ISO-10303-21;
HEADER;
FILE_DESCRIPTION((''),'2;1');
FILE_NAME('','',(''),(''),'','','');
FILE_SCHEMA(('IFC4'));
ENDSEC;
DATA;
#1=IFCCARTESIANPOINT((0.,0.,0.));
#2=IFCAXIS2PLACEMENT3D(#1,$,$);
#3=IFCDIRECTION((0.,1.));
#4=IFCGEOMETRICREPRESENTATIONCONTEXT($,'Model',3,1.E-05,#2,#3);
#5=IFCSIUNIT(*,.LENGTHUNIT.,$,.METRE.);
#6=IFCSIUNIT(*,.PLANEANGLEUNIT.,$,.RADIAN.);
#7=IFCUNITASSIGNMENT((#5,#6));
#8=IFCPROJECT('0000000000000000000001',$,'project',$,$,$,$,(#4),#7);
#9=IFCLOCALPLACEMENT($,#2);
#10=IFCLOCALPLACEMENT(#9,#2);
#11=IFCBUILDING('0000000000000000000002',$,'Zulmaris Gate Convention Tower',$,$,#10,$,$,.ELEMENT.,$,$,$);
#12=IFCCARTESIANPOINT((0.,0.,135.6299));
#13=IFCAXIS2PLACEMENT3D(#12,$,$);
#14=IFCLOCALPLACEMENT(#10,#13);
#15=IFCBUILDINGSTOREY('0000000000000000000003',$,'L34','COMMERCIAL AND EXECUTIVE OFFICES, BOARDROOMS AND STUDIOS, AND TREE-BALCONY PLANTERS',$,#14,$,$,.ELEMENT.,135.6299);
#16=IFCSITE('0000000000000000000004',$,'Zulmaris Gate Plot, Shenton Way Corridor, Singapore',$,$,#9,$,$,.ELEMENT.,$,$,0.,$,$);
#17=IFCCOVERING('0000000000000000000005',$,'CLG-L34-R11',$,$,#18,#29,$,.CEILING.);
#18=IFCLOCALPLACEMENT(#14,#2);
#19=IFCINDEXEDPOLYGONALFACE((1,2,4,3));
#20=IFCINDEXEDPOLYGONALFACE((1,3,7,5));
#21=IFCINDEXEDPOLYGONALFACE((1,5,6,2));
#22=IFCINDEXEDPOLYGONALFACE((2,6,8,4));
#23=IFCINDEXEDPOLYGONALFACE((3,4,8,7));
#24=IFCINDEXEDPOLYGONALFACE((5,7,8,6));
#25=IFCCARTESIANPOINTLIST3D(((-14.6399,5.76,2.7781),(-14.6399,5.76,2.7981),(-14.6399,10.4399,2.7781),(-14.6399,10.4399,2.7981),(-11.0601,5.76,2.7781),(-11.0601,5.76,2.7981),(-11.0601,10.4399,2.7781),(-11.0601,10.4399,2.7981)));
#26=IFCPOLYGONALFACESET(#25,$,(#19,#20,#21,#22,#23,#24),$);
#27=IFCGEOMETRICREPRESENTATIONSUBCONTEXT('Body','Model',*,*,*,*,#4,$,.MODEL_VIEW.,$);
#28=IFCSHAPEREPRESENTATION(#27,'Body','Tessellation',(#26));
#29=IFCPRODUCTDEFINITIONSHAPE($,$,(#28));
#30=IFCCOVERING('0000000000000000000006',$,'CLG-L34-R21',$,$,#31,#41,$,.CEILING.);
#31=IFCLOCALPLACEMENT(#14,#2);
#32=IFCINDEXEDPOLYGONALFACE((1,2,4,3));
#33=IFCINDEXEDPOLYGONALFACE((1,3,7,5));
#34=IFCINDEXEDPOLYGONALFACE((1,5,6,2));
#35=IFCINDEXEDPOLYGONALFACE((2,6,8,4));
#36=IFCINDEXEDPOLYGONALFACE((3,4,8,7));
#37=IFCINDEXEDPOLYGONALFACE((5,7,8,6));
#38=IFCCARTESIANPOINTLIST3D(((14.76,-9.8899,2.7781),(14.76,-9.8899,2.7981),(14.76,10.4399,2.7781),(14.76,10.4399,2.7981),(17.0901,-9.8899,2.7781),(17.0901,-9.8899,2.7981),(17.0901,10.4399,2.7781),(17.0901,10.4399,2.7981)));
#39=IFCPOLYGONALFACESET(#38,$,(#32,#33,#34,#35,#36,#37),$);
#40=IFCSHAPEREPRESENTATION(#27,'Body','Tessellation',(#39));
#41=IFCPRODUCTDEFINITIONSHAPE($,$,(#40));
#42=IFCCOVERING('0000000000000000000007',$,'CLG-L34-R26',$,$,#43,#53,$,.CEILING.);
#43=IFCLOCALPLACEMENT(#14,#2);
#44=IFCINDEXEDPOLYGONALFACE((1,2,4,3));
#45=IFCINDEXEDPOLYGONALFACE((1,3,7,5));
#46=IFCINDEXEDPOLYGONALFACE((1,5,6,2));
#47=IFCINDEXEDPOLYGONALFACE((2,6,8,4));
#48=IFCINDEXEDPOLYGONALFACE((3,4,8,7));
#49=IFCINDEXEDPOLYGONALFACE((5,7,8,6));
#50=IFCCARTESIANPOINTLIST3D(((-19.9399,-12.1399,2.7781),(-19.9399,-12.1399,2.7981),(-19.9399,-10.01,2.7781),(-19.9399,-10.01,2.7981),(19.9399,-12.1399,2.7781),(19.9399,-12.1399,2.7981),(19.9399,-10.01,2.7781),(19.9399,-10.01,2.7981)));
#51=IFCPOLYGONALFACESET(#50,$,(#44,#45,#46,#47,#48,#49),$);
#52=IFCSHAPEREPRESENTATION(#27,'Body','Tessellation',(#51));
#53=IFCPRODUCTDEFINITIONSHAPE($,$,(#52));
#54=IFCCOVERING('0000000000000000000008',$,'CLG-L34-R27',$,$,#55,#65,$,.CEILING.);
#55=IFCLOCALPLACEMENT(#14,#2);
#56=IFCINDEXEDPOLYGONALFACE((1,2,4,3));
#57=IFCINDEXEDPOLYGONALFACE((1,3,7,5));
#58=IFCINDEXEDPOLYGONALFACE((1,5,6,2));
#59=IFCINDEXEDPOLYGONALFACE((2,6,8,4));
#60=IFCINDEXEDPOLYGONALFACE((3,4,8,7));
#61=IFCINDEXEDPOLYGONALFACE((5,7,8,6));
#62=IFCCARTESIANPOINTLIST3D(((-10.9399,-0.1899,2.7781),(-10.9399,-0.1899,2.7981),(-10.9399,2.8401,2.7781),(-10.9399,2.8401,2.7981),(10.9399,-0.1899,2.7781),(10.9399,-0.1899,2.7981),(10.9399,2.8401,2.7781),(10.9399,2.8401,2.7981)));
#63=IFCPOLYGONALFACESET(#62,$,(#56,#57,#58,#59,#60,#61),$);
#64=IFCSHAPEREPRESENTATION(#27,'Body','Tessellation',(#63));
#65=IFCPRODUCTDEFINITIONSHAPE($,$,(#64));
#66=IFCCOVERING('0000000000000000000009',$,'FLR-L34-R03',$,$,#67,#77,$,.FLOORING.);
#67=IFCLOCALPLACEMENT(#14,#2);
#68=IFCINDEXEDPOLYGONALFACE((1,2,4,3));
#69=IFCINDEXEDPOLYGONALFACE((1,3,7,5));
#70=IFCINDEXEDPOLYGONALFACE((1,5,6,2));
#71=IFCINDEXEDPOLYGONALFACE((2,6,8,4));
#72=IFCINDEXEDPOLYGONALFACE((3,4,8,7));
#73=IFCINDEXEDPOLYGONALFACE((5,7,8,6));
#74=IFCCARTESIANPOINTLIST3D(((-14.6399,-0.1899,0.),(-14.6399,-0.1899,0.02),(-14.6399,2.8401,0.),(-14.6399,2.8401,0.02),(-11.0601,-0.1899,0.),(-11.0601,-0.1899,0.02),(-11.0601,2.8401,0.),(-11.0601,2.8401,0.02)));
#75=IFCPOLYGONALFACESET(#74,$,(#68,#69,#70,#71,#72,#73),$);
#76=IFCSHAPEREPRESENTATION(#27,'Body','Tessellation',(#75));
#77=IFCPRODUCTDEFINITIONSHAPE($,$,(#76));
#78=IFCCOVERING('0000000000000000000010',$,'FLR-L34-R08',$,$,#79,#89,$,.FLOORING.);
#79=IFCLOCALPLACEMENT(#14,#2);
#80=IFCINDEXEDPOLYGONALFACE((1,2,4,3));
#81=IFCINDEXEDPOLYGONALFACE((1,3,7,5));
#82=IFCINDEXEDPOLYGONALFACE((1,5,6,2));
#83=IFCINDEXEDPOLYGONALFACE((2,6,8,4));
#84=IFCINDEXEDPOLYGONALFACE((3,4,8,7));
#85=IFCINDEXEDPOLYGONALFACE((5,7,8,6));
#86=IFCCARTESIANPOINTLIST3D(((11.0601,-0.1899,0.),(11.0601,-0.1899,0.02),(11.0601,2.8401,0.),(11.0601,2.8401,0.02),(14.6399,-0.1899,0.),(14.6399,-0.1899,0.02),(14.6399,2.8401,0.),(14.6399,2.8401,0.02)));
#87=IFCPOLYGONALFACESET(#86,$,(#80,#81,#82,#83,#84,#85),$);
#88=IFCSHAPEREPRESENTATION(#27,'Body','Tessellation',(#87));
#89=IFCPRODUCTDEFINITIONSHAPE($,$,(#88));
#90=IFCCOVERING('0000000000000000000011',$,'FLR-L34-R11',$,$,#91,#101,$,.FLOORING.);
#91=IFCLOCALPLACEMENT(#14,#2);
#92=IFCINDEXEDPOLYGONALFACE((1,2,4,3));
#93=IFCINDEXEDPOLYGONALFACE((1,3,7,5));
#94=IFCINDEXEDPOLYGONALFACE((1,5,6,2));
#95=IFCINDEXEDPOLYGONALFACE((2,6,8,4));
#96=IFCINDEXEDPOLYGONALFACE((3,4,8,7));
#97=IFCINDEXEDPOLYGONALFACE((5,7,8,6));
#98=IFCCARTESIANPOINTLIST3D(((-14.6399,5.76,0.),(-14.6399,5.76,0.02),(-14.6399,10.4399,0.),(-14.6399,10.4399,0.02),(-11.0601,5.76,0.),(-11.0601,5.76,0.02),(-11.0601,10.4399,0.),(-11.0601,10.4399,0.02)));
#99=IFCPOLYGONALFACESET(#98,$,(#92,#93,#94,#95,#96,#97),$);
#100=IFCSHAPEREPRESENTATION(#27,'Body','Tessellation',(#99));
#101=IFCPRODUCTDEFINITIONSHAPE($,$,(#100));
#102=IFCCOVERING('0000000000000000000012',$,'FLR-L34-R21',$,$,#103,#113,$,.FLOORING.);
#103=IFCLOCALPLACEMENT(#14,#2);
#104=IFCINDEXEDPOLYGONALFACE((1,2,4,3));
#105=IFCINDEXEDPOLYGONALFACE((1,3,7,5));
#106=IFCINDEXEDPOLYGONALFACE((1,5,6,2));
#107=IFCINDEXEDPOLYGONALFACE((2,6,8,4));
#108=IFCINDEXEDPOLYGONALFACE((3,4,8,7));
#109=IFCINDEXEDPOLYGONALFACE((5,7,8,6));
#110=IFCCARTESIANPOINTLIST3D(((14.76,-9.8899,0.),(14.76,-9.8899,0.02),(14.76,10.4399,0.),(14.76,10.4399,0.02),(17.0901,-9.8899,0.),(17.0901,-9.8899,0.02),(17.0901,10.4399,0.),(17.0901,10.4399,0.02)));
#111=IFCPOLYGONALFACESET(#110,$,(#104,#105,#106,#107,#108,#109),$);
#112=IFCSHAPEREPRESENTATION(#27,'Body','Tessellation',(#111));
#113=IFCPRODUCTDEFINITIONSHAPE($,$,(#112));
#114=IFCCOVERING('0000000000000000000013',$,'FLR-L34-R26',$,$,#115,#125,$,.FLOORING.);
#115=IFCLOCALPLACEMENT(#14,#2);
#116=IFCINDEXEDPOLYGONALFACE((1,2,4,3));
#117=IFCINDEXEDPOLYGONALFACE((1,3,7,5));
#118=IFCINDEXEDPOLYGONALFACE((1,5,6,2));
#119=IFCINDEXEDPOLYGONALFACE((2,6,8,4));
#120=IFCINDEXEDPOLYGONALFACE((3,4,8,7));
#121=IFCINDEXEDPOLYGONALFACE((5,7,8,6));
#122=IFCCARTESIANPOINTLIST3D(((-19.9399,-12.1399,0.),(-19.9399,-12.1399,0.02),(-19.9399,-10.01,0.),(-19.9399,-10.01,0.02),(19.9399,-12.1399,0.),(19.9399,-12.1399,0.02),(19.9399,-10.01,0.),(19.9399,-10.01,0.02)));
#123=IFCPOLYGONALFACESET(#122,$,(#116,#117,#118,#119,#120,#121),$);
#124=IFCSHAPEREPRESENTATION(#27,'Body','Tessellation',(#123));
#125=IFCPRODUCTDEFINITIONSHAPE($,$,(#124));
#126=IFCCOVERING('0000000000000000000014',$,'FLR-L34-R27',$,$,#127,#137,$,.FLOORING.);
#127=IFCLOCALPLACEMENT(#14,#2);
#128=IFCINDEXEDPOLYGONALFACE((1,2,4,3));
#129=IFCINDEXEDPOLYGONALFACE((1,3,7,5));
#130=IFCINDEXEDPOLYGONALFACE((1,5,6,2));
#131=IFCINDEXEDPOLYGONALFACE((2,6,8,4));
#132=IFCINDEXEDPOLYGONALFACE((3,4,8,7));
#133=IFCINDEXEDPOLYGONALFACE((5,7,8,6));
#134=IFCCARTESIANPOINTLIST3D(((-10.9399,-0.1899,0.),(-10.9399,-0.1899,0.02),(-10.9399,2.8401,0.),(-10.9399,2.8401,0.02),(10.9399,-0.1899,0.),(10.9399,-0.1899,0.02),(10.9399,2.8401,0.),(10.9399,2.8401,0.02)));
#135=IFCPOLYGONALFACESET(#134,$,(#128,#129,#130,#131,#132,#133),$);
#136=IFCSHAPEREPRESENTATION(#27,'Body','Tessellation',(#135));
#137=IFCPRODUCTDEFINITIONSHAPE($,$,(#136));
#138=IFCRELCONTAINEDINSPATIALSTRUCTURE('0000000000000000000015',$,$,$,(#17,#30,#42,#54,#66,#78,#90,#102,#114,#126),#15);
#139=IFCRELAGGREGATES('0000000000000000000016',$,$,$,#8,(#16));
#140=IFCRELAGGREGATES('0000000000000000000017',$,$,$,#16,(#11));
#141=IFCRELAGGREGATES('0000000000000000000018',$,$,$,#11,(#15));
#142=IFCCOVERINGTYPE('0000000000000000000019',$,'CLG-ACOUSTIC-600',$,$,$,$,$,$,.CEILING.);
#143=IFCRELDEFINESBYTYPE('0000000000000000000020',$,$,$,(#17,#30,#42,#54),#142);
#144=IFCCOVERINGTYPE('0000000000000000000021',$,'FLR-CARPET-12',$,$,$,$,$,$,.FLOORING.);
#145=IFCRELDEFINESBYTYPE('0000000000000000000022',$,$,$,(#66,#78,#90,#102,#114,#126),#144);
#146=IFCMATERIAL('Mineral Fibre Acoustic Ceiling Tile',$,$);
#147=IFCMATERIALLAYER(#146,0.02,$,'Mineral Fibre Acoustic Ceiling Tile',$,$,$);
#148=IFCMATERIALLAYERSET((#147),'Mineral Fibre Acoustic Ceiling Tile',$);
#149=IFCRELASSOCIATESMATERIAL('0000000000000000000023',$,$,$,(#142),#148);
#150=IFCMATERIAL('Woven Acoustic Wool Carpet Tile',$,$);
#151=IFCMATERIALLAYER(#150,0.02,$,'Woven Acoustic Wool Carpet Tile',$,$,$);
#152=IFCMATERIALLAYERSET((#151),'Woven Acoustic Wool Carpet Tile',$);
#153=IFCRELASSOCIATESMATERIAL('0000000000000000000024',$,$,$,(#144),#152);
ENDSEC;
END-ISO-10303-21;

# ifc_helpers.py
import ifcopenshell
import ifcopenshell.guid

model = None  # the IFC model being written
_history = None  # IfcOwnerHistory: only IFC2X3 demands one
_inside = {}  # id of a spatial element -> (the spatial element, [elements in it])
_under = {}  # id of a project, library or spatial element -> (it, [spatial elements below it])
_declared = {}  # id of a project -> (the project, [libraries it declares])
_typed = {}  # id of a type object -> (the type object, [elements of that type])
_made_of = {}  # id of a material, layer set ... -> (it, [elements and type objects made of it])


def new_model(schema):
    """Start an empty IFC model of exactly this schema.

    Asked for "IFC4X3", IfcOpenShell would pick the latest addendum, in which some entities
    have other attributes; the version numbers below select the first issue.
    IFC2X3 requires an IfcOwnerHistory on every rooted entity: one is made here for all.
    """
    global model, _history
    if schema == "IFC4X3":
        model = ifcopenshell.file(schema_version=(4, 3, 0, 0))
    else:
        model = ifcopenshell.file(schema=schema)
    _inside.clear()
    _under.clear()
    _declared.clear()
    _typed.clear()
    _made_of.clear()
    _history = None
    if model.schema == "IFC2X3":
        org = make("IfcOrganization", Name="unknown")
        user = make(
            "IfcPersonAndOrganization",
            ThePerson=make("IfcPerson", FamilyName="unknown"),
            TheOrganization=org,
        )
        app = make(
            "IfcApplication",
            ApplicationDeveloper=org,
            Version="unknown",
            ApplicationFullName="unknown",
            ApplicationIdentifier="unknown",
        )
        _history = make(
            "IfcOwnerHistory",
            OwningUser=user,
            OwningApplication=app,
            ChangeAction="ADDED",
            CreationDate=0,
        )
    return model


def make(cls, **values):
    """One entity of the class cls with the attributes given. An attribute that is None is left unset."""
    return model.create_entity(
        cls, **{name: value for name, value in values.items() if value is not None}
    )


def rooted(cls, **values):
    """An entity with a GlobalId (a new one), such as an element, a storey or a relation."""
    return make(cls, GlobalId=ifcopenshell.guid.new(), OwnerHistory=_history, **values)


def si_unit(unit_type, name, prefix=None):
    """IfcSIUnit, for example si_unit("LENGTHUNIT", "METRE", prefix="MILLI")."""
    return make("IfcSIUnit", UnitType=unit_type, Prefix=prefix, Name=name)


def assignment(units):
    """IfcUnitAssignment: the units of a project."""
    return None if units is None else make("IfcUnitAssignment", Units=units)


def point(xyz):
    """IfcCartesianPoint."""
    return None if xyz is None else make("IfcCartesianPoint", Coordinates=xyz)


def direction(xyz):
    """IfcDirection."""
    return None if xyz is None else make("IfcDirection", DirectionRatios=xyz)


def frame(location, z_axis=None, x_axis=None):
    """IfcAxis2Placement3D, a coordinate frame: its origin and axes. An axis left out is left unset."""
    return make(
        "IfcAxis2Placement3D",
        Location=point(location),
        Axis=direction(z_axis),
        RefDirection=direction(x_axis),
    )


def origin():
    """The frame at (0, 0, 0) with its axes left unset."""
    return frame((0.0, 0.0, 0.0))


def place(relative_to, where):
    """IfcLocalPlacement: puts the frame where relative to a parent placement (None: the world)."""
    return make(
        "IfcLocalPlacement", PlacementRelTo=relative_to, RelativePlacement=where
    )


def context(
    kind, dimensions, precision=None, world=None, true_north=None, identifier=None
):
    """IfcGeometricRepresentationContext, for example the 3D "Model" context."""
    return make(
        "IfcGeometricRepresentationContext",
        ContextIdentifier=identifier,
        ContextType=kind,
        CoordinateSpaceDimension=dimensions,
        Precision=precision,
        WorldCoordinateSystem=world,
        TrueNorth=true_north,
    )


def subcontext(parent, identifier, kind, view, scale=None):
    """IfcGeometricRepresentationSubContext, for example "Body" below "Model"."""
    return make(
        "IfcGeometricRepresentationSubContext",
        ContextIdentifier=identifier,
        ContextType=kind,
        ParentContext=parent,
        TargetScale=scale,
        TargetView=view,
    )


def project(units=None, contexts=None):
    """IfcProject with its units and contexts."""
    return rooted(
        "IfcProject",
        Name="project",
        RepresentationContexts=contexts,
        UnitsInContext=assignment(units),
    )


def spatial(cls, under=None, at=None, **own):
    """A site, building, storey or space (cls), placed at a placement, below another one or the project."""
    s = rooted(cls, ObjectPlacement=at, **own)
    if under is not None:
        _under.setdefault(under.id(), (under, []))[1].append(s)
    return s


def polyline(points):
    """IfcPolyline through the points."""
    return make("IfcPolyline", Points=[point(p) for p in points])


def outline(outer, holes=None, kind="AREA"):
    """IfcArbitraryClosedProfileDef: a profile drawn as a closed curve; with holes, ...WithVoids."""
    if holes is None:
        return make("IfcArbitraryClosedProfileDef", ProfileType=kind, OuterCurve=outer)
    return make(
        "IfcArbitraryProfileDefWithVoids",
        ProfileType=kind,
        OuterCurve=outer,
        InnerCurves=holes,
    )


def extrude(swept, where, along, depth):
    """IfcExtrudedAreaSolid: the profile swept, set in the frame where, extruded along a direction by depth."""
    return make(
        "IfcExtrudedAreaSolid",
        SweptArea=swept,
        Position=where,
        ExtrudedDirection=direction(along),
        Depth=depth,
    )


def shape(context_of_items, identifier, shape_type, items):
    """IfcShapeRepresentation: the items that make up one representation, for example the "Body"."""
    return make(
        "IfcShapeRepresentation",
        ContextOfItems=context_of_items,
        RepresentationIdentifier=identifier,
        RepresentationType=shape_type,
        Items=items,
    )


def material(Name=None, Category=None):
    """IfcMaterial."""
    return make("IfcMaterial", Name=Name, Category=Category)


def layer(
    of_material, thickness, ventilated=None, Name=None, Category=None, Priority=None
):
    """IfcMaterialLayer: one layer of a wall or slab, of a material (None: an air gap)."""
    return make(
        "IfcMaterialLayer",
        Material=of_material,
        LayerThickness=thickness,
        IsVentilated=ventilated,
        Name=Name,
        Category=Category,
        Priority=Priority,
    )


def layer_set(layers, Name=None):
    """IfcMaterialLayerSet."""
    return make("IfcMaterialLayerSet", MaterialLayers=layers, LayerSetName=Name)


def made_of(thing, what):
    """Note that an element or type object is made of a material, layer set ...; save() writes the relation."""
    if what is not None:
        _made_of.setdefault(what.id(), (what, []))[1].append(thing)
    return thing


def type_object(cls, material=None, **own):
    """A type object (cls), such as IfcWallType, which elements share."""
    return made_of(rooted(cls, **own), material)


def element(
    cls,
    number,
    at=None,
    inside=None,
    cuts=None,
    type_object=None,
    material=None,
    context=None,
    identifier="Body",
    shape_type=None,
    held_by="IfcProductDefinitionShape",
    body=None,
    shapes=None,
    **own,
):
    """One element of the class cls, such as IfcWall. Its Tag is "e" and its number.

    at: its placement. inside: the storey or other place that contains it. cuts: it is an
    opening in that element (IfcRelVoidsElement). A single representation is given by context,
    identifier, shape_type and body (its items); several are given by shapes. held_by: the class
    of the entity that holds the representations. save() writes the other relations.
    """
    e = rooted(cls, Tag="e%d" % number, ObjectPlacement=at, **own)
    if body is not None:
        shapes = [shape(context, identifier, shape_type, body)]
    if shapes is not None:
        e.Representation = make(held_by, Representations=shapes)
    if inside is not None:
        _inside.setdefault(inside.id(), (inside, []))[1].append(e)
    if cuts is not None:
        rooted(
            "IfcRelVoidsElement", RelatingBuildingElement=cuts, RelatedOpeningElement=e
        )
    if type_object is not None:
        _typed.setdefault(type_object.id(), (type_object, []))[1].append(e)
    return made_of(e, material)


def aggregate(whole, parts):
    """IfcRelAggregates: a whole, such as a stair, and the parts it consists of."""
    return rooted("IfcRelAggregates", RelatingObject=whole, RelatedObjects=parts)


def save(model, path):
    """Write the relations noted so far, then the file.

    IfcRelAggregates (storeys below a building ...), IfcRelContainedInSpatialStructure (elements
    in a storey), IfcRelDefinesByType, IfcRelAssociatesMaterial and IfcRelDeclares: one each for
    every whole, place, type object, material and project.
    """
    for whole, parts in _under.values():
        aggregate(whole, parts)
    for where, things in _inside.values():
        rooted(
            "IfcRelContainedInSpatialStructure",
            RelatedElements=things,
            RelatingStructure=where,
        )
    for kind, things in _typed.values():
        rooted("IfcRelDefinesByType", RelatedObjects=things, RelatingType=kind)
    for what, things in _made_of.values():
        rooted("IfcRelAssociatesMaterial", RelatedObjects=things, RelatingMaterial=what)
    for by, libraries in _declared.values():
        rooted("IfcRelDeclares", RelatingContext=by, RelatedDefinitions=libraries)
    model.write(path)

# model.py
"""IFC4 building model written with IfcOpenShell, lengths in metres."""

from ifc_helpers import new_model, si_unit, direction, frame, origin, place, context, subcontext, project, spatial, polyline, outline, extrude, material, layer, layer_set, type_object, element, save


model = new_model("IFC4")

# Units and contexts
model_context = context("Model", 3, precision=1e-05, world=origin(), true_north=direction((0.0, 1.0)))
body_context = subcontext(model_context, "Body", "Model", "MODEL_VIEW")
ifc_project = project(units=[si_unit("LENGTHUNIT", "METRE"), si_unit("PLANEANGLEUNIT", "RADIAN")], contexts=[model_context])

# Site, building, storey
site_placement = place(None, origin())
site = spatial("IfcSite", under=ifc_project, at=site_placement, Name="Zulmaris Gate Plot, Shenton Way Corridor, Singapore", CompositionType="ELEMENT", RefElevation=0.0)
building_placement = place(site_placement, origin())
building = spatial("IfcBuilding", under=site, at=building_placement, Name="Zulmaris Gate Convention Tower", CompositionType="ELEMENT")
storey_placement = place(building_placement, frame((0.0, 0.0, 135.6299)))
storey = spatial("IfcBuildingStorey", under=building, at=storey_placement, Name="L34", Description="COMMERCIAL AND EXECUTIVE OFFICES, BOARDROOMS AND STUDIOS, AND TREE-BALCONY PLANTERS", CompositionType="ELEMENT", Elevation=135.6299)

# Coverings
ifc_material_1 = material(Name="Mineral Fibre Acoustic Ceiling Tile")
ifc_layer_1 = layer(ifc_material_1, 0.02, Name="Mineral Fibre Acoustic Ceiling Tile")
ifc_layer_set_1 = layer_set([ifc_layer_1], Name="Mineral Fibre Acoustic Ceiling Tile")
covering_type_1 = type_object("IfcCoveringType", Name="CLG-ACOUSTIC-600", PredefinedType="CEILING", material=ifc_layer_set_1)
covering_1_placement = place(storey_placement, frame((0.0, 0.0, 2.7781)))
element("IfcCovering", 1, at=covering_1_placement, inside=storey, type_object=covering_type_1, Name="CLG-L34-R11", PredefinedType="CEILING", context=body_context, shape_type="SweptSolid", body=[
    extrude(outline(polyline([(-14.6399, 5.76), (-11.0601, 5.76), (-11.0601, 10.4399), (-14.6399, 10.4399), (-14.6399, 5.76)])), origin(), (0.0, 0.0, 1.0), 0.02),
])
covering_2_placement = place(storey_placement, frame((0.0, 0.0, 2.7781)))
element("IfcCovering", 2, at=covering_2_placement, inside=storey, type_object=covering_type_1, Name="CLG-L34-R21", PredefinedType="CEILING", context=body_context, shape_type="SweptSolid", body=[
    extrude(outline(polyline([(14.76, -9.8899), (17.0901, -9.8899), (17.0901, 10.4399), (14.76, 10.4399), (14.76, -9.8899)])), origin(), (0.0, 0.0, 1.0), 0.02),
])
covering_3_placement = place(storey_placement, frame((0.0, 0.0, 2.7781)))
element("IfcCovering", 3, at=covering_3_placement, inside=storey, type_object=covering_type_1, Name="CLG-L34-R26", PredefinedType="CEILING", context=body_context, shape_type="SweptSolid", body=[
    extrude(outline(polyline([(-19.9399, -12.1399), (19.9399, -12.1399), (19.9399, -10.01), (-19.9399, -10.01), (-19.9399, -12.1399)])), origin(), (0.0, 0.0, 1.0), 0.02),
])
covering_4_placement = place(storey_placement, frame((0.0, 0.0, 2.7781)))
element("IfcCovering", 4, at=covering_4_placement, inside=storey, type_object=covering_type_1, Name="CLG-L34-R27", PredefinedType="CEILING", context=body_context, shape_type="SweptSolid", body=[
    extrude(outline(polyline([(-10.9399, -0.1899), (10.9399, -0.1899), (10.9399, 2.8401), (-10.9399, 2.8401), (-10.9399, -0.1899)])), origin(), (0.0, 0.0, 1.0), 0.02),
])
ifc_material_2 = material(Name="Woven Acoustic Wool Carpet Tile")
ifc_layer_2 = layer(ifc_material_2, 0.02, Name="Woven Acoustic Wool Carpet Tile")
ifc_layer_set_2 = layer_set([ifc_layer_2], Name="Woven Acoustic Wool Carpet Tile")
covering_type_2 = type_object("IfcCoveringType", Name="FLR-CARPET-12", PredefinedType="FLOORING", material=ifc_layer_set_2)
covering_5_placement = place(storey_placement, origin())
element("IfcCovering", 5, at=covering_5_placement, inside=storey, type_object=covering_type_2, Name="FLR-L34-R03", PredefinedType="FLOORING", context=body_context, shape_type="SweptSolid", body=[
    extrude(outline(polyline([(-14.6399, -0.1899), (-11.0601, -0.1899), (-11.0601, 2.8401), (-14.6399, 2.8401), (-14.6399, -0.1899)])), origin(), (0.0, 0.0, 1.0), 0.02),
])
covering_6_placement = place(storey_placement, origin())
element("IfcCovering", 6, at=covering_6_placement, inside=storey, type_object=covering_type_2, Name="FLR-L34-R08", PredefinedType="FLOORING", context=body_context, shape_type="SweptSolid", body=[
    extrude(outline(polyline([(11.0601, -0.1899), (14.6399, -0.1899), (14.6399, 2.8401), (11.0601, 2.8401), (11.0601, -0.1899)])), origin(), (0.0, 0.0, 1.0), 0.02),
])
covering_7_placement = place(storey_placement, origin())
element("IfcCovering", 7, at=covering_7_placement, inside=storey, type_object=covering_type_2, Name="FLR-L34-R11", PredefinedType="FLOORING", context=body_context, shape_type="SweptSolid", body=[
    extrude(outline(polyline([(-14.6399, 5.76), (-11.0601, 5.76), (-11.0601, 10.4399), (-14.6399, 10.4399), (-14.6399, 5.76)])), origin(), (0.0, 0.0, 1.0), 0.02),
])
covering_8_placement = place(storey_placement, origin())
element("IfcCovering", 8, at=covering_8_placement, inside=storey, type_object=covering_type_2, Name="FLR-L34-R21", PredefinedType="FLOORING", context=body_context, shape_type="SweptSolid", body=[
    extrude(outline(polyline([(14.76, -9.8899), (17.0901, -9.8899), (17.0901, 10.4399), (14.76, 10.4399), (14.76, -9.8899)])), origin(), (0.0, 0.0, 1.0), 0.02),
])
covering_9_placement = place(storey_placement, origin())
element("IfcCovering", 9, at=covering_9_placement, inside=storey, type_object=covering_type_2, Name="FLR-L34-R26", PredefinedType="FLOORING", context=body_context, shape_type="SweptSolid", body=[
    extrude(outline(polyline([(-19.9399, -12.1399), (19.9399, -12.1399), (19.9399, -10.01), (-19.9399, -10.01), (-19.9399, -12.1399)])), origin(), (0.0, 0.0, 1.0), 0.02),
])
covering_10_placement = place(storey_placement, origin())
element("IfcCovering", 10, at=covering_10_placement, inside=storey, type_object=covering_type_2, Name="FLR-L34-R27", PredefinedType="FLOORING", context=body_context, shape_type="SweptSolid", body=[
    extrude(outline(polyline([(-10.9399, -0.1899), (10.9399, -0.1899), (10.9399, 2.8401), (-10.9399, 2.8401), (-10.9399, -0.1899)])), origin(), (0.0, 0.0, 1.0), 0.02),
])

save(model, "model.ifc")
